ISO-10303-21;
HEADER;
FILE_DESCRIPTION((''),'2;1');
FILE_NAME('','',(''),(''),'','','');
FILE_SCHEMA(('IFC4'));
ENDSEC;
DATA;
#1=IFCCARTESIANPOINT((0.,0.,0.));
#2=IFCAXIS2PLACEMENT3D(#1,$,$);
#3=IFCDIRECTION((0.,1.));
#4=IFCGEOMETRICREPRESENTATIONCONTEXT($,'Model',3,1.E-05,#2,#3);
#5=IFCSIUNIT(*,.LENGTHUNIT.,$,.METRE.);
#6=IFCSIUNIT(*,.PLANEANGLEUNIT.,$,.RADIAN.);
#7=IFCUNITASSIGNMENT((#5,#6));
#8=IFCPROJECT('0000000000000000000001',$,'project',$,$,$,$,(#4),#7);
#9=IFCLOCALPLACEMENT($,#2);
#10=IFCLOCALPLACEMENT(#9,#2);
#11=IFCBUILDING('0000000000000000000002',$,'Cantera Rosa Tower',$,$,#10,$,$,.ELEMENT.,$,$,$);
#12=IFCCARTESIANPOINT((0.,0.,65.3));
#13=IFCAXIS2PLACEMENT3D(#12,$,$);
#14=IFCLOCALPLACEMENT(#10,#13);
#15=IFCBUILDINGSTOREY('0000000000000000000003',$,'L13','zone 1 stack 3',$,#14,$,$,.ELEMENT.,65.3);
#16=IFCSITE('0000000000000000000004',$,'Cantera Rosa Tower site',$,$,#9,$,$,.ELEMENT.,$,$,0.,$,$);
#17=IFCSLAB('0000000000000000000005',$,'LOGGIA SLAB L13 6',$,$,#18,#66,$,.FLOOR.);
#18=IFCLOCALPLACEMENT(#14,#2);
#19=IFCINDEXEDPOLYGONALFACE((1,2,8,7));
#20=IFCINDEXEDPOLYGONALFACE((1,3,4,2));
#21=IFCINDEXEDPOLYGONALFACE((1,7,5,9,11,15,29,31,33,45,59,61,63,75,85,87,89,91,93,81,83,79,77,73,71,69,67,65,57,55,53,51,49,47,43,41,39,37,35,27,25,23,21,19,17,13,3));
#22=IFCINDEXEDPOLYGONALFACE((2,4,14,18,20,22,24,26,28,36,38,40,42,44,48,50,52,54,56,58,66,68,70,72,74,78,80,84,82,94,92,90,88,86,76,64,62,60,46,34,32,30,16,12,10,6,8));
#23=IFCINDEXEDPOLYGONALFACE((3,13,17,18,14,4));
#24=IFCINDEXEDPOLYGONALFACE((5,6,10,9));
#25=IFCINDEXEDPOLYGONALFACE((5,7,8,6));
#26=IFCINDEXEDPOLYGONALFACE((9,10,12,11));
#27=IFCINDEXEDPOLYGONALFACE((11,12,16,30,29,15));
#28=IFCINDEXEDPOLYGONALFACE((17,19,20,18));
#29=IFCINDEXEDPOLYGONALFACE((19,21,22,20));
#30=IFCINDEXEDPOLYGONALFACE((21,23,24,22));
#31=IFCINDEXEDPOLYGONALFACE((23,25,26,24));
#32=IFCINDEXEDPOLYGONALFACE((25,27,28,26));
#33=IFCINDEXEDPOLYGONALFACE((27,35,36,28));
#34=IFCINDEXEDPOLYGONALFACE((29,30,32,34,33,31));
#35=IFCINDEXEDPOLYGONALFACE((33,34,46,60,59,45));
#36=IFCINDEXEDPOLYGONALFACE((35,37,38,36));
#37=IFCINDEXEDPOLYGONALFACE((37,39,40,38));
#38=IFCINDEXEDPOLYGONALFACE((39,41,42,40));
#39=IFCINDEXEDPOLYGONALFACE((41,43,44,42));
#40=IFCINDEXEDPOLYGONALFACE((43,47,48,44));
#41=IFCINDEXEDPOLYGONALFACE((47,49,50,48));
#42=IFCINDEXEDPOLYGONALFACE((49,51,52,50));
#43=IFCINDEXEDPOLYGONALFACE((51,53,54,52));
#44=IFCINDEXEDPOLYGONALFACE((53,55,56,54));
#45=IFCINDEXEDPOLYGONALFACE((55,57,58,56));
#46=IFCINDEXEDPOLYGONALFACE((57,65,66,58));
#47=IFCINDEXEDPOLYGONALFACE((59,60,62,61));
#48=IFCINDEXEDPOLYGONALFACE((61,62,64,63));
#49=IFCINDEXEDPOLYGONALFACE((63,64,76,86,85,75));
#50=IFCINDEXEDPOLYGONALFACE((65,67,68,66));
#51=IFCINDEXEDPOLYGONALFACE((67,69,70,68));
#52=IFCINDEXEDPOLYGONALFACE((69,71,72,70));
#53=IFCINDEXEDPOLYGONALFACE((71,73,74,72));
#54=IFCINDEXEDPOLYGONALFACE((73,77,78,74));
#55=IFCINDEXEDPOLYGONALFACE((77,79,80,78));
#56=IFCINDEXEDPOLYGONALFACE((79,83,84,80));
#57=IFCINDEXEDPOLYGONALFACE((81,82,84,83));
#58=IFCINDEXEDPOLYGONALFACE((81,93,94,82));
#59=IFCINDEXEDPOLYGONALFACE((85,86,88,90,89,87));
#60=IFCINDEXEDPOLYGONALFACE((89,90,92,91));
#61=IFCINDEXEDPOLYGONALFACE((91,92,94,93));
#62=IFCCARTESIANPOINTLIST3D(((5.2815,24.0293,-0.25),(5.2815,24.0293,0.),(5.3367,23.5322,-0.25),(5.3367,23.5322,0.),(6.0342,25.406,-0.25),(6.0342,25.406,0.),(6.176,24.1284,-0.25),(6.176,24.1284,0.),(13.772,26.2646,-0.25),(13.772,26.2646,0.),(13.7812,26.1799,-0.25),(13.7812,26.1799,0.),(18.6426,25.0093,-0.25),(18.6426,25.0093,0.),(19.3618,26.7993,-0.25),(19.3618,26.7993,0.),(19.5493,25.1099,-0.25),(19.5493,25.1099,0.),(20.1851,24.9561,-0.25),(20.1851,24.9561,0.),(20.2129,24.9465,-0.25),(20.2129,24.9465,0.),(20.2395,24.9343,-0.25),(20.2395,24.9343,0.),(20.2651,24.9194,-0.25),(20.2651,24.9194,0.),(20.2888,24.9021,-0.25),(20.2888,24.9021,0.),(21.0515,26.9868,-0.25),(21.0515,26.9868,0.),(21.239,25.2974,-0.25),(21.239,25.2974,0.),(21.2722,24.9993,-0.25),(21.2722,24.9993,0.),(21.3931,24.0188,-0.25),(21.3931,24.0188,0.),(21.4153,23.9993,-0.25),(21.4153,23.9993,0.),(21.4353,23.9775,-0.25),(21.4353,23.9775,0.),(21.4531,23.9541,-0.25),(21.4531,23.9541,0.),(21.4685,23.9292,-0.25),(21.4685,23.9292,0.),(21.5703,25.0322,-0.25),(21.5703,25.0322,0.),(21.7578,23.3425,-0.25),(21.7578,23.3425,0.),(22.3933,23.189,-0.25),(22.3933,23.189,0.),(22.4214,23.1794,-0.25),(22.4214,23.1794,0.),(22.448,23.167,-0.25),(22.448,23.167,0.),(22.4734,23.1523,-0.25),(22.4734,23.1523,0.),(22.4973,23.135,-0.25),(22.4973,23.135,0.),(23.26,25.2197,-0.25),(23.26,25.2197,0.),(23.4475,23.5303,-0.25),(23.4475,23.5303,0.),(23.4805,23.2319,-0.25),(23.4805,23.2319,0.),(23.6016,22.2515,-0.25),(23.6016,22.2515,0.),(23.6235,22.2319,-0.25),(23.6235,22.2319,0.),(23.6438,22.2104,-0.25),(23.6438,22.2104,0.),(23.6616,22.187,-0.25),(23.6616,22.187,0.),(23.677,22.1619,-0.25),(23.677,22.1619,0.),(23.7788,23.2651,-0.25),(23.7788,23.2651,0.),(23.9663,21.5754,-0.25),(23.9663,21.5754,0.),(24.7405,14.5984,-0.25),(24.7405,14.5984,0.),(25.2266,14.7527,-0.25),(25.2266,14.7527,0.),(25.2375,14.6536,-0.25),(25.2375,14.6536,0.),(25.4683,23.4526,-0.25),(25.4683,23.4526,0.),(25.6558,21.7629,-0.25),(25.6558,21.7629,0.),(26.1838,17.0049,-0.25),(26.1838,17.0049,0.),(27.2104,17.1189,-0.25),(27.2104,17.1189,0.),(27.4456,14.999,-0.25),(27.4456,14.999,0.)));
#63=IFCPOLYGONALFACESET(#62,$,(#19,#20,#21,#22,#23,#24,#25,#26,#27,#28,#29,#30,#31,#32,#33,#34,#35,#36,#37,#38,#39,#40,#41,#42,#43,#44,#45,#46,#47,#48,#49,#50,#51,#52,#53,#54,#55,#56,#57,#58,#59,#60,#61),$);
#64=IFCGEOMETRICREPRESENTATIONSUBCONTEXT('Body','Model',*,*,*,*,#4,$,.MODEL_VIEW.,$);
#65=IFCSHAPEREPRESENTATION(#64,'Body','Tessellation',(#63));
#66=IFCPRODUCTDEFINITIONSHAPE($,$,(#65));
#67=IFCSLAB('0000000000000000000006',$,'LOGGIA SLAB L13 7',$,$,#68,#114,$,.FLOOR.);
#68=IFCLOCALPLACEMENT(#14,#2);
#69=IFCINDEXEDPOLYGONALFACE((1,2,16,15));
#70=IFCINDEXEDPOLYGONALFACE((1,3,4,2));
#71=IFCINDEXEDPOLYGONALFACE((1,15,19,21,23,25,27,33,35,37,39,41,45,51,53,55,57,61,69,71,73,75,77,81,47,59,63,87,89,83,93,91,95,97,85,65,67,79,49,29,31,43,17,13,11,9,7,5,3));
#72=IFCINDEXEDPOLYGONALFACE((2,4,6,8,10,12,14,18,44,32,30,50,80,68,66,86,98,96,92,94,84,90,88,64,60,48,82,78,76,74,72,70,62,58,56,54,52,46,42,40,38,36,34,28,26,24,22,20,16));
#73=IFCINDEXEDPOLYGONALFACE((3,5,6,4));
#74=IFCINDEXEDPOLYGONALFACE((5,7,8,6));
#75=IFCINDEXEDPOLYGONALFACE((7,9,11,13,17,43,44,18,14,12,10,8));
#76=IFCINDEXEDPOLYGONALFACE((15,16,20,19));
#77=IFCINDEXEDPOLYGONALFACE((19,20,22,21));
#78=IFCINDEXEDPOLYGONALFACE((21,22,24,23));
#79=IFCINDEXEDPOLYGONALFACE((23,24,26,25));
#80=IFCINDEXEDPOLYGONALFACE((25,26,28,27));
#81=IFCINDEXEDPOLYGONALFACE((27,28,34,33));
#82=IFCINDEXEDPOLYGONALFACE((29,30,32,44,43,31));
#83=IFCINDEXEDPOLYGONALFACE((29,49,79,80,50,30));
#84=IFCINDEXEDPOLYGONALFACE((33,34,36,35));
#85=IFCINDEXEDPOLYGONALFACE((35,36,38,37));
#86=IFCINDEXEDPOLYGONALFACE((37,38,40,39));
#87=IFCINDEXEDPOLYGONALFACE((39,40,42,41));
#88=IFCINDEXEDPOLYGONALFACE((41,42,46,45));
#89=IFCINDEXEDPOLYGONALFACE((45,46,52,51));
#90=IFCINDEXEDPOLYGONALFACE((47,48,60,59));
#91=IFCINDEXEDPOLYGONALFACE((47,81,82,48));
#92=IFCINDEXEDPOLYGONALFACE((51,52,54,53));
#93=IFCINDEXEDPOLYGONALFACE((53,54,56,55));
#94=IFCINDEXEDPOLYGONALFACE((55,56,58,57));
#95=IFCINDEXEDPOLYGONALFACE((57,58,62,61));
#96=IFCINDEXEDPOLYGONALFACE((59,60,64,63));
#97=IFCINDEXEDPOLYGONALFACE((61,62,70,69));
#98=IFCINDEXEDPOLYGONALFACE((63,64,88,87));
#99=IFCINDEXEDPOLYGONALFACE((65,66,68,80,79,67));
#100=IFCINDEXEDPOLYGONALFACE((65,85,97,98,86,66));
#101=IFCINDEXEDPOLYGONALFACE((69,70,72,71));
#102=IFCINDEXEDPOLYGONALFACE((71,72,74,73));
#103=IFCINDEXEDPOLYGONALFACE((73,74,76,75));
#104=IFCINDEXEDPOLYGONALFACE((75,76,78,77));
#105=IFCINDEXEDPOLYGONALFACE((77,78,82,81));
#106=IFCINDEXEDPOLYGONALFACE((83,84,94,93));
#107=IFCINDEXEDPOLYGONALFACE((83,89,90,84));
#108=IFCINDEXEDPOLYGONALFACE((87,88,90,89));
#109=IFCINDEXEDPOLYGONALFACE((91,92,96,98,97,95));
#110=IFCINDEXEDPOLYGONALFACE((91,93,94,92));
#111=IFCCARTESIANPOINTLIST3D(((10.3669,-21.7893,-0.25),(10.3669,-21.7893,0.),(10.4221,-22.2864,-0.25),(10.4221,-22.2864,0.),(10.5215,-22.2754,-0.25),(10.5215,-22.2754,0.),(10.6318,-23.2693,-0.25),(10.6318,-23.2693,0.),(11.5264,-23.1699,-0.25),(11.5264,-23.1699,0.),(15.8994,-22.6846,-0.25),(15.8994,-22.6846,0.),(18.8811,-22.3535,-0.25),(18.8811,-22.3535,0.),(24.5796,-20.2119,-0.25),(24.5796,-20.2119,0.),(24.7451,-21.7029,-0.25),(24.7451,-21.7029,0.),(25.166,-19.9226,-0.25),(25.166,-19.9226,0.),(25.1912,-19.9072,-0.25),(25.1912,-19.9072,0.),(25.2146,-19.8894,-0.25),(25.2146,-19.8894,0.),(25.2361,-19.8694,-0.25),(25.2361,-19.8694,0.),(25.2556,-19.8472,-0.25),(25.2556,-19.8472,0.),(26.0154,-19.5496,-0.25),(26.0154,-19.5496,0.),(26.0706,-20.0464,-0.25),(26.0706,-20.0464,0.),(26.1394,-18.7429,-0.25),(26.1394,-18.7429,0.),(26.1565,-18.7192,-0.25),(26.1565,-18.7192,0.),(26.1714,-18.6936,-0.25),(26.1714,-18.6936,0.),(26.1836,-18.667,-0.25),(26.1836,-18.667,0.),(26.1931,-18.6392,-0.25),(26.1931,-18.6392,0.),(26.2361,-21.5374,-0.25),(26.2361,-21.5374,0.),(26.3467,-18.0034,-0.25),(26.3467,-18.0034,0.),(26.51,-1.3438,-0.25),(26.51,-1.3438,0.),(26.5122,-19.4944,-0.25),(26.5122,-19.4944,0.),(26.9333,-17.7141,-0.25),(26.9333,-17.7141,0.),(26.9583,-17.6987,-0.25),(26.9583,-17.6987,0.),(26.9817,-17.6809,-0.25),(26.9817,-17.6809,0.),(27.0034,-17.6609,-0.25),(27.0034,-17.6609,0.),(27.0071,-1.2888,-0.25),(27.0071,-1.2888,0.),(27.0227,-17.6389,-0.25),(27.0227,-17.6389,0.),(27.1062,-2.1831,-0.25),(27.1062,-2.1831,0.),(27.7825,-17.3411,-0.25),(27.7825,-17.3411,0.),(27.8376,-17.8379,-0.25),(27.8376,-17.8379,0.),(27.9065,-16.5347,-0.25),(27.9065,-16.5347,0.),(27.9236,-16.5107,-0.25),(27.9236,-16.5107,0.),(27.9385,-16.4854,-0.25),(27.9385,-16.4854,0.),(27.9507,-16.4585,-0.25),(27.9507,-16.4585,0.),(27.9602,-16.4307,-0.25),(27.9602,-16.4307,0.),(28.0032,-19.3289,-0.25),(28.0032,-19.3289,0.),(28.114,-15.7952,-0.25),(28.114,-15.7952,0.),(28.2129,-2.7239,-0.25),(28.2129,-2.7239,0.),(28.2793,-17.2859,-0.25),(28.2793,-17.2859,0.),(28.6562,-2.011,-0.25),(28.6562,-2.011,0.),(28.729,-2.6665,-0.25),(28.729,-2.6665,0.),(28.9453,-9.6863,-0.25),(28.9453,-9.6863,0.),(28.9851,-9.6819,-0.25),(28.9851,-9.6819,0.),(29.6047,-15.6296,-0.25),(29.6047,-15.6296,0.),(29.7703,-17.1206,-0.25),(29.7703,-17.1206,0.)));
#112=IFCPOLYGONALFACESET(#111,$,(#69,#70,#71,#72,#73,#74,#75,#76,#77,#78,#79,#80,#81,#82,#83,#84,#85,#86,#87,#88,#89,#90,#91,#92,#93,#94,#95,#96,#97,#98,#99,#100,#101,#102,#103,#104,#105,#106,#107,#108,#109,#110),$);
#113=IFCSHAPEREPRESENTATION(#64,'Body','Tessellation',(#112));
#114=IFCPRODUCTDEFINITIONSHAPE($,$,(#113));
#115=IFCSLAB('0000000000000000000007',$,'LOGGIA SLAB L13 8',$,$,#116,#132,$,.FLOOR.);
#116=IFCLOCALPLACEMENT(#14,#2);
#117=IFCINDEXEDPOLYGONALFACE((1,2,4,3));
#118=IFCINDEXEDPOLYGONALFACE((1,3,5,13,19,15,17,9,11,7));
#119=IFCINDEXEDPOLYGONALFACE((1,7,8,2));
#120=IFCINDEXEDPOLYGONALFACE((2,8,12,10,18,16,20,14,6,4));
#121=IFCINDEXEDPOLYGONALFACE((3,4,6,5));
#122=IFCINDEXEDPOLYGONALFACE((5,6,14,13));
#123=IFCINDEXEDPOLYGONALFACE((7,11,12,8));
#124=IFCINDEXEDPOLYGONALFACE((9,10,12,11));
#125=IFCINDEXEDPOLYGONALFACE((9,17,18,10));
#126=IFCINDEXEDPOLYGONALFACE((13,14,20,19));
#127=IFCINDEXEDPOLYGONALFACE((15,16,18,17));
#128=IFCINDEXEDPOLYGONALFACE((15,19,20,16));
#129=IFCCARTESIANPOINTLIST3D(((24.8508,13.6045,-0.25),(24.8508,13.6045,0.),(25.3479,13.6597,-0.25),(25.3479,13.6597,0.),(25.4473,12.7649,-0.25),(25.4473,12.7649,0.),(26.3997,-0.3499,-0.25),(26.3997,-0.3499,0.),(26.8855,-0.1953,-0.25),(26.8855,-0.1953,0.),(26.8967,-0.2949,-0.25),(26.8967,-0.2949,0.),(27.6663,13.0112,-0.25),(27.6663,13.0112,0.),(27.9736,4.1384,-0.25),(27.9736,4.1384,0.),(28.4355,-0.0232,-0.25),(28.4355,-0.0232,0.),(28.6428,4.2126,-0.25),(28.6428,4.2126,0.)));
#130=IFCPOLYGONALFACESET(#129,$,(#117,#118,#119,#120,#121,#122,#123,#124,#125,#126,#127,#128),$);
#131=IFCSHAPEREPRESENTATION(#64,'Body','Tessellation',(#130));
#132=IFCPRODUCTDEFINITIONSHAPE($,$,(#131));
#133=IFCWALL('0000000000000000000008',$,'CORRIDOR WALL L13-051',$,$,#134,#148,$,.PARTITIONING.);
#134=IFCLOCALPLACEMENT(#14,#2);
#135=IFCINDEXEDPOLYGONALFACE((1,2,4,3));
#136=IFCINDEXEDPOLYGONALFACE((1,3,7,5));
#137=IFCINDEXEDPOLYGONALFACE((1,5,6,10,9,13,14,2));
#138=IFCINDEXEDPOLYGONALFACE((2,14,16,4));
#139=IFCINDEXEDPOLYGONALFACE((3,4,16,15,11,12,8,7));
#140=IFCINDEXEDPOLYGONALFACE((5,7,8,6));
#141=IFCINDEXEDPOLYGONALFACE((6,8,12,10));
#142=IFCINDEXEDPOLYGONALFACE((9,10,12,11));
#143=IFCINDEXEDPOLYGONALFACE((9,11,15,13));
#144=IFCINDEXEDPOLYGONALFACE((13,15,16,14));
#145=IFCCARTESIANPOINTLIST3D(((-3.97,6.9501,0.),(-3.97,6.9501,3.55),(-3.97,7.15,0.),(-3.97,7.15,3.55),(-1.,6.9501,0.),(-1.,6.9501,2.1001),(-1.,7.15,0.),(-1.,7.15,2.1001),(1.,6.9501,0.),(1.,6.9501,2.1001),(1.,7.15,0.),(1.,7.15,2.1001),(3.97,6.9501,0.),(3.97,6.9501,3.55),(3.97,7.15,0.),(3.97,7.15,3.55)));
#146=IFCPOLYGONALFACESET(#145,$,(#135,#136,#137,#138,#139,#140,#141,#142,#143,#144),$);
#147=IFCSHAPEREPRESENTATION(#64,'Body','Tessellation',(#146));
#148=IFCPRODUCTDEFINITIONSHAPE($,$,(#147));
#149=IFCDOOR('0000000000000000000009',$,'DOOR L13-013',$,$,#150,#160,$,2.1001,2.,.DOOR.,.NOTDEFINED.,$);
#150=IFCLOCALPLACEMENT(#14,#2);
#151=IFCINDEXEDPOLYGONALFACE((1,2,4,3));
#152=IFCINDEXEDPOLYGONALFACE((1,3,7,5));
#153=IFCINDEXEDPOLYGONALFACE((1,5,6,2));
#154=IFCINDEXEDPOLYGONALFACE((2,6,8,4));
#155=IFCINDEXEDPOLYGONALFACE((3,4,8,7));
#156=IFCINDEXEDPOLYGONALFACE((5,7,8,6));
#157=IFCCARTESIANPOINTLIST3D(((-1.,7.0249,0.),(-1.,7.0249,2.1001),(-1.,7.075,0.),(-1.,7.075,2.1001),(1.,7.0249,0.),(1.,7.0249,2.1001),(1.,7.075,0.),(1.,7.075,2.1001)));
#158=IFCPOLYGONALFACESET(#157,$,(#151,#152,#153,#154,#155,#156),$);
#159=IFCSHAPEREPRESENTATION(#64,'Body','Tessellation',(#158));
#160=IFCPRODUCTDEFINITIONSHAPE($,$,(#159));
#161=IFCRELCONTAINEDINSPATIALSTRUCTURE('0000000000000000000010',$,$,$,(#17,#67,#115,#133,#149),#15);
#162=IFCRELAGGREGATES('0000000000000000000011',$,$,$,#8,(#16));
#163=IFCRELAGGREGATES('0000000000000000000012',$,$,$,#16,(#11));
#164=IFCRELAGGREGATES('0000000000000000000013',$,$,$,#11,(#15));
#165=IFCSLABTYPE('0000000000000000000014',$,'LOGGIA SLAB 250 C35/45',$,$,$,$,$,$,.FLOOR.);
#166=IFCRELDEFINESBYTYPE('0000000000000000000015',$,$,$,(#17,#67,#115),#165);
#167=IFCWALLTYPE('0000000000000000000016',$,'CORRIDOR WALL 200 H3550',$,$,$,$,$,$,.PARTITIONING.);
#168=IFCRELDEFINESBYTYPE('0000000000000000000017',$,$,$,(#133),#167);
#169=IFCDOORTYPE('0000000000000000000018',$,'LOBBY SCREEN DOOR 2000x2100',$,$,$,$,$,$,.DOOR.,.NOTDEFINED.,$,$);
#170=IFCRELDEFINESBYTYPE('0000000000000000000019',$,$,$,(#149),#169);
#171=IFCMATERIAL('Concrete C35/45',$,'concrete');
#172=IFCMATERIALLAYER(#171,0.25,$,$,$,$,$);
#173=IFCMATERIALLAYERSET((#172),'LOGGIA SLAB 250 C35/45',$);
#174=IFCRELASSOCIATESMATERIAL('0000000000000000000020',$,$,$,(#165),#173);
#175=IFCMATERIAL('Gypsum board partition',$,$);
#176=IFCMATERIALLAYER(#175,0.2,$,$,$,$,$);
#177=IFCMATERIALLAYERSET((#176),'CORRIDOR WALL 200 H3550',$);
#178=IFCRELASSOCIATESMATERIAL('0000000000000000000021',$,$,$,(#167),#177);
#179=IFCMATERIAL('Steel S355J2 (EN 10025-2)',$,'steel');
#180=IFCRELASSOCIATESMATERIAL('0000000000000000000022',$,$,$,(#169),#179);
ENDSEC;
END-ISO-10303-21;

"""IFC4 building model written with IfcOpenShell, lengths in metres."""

from ifc_helpers import new_model, si_unit, direction, frame, frame_2d, origin, place, context, subcontext, project, spatial, polyline, rectangle, outline, extrude, material, layer, layer_set, type_object, element, fill, save


model = new_model("IFC4")

# Units and contexts
model_context = context("Model", 3, precision=1e-05, world=origin(), true_north=direction((0.0, 1.0)))
body_context = subcontext(model_context, "Body", "Model", "MODEL_VIEW")
ifc_project = project(units=[si_unit("LENGTHUNIT", "METRE"), si_unit("PLANEANGLEUNIT", "RADIAN")], contexts=[model_context])

# Site, building, storey
site_placement = place(None, origin())
site = spatial("IfcSite", under=ifc_project, at=site_placement, Name="Cantera Rosa Tower site", CompositionType="ELEMENT", RefElevation=0.0)
building_placement = place(site_placement, origin())
building = spatial("IfcBuilding", under=site, at=building_placement, Name="Cantera Rosa Tower", CompositionType="ELEMENT")
storey_placement = place(building_placement, frame((0.0, 0.0, 65.3)))
storey = spatial("IfcBuildingStorey", under=building, at=storey_placement, Name="L13", Description="zone 1 stack 3", CompositionType="ELEMENT", Elevation=65.3)

# Slabs
ifc_material_1 = material(Name="Concrete C35/45", Category="concrete")
ifc_layer_1 = layer(ifc_material_1, 0.25)
ifc_layer_set_1 = layer_set([ifc_layer_1], Name="LOGGIA SLAB 250 C35/45")
slab_type_1 = type_object("IfcSlabType", Name="LOGGIA SLAB 250 C35/45", PredefinedType="FLOOR", material=ifc_layer_set_1)
slab_1_placement = place(storey_placement, frame((0.0, 0.0, -0.25)))
element("IfcSlab", 1, at=slab_1_placement, inside=storey, type_object=slab_type_1, Name="LOGGIA SLAB L13 6", PredefinedType="FLOOR", context=body_context, shape_type="SweptSolid", body=[
    extrude(outline(polyline([(21.2722, 24.9993), (21.5703, 25.0322), (23.26, 25.2197), (23.4475, 23.5303), (23.4805, 23.2319), (23.7788, 23.2651), (25.4683, 23.4526), (25.6558, 21.7629), (26.1838, 17.0049), (27.2104, 17.1189), (27.4456, 14.999), (25.2266, 14.7527), (25.2375, 14.6536), (24.7405, 14.5984), (23.9663, 21.5754), (23.677, 22.1619), (23.6616, 22.187), (23.6438, 22.2104), (23.6235, 22.2319), (23.6016, 22.2515), (22.4973, 23.135), (22.4734, 23.1523), (22.448, 23.167), (22.4214, 23.1794), (22.3933, 23.189), (21.7578, 23.3425), (21.4685, 23.9292), (21.4531, 23.9541), (21.4353, 23.9775), (21.4153, 23.9993), (21.3931, 24.0188), (20.2888, 24.9021), (20.2651, 24.9194), (20.2395, 24.9343), (20.2129, 24.9465), (20.1851, 24.9561), (19.5493, 25.1099), (18.6426, 25.0093), (5.3367, 23.5322), (5.2815, 24.0293), (6.176, 24.1284), (6.0342, 25.406), (13.772, 26.2646), (13.7812, 26.1799), (19.3618, 26.7993), (21.0515, 26.9868), (21.239, 25.2974), (21.2722, 24.9993)])), origin(), (0.0, 0.0, 1.0), 0.25),
])
slab_2_placement = place(storey_placement, frame((0.0, 0.0, -0.25)))
element("IfcSlab", 2, at=slab_2_placement, inside=storey, type_object=slab_type_1, Name="LOGGIA SLAB L13 7", PredefinedType="FLOOR", context=body_context, shape_type="SweptSolid", body=[
    extrude(outline(polyline([(29.7703, -17.1206), (28.2793, -17.2859), (27.7825, -17.3411), (27.8376, -17.8379), (28.0032, -19.3289), (26.5122, -19.4944), (26.0154, -19.5496), (26.0706, -20.0464), (26.2361, -21.5374), (24.7451, -21.7029), (18.8811, -22.3535), (15.8994, -22.6846), (11.5264, -23.1699), (10.6318, -23.2693), (10.5215, -22.2754), (10.4221, -22.2864), (10.3669, -21.7893), (24.5796, -20.2119), (25.166, -19.9226), (25.1912, -19.9072), (25.2146, -19.8894), (25.2361, -19.8694), (25.2556, -19.8472), (26.1394, -18.7429), (26.1565, -18.7192), (26.1714, -18.6936), (26.1836, -18.667), (26.1931, -18.6392), (26.3467, -18.0034), (26.9333, -17.7141), (26.9583, -17.6987), (26.9817, -17.6809), (27.0034, -17.6609), (27.0227, -17.6389), (27.9065, -16.5347), (27.9236, -16.5107), (27.9385, -16.4854), (27.9507, -16.4585), (27.9602, -16.4307), (28.114, -15.7952), (26.51, -1.3438), (27.0071, -1.2888), (27.1062, -2.1831), (28.6562, -2.011), (28.729, -2.6665), (28.2129, -2.7239), (28.9851, -9.6819), (28.9453, -9.6863), (29.6047, -15.6296), (29.7703, -17.1206)])), origin(), (0.0, 0.0, 1.0), 0.25),
])
slab_3_placement = place(storey_placement, frame((0.0, 0.0, -0.25)))
element("IfcSlab", 3, at=slab_3_placement, inside=storey, type_object=slab_type_1, Name="LOGGIA SLAB L13 8", PredefinedType="FLOOR", context=body_context, shape_type="SweptSolid", body=[
    extrude(outline(polyline([(26.3997, -0.3499), (24.8508, 13.6045), (25.3479, 13.6597), (25.4473, 12.7649), (27.6663, 13.0112), (28.6428, 4.2126), (27.9736, 4.1384), (28.4355, -0.0232), (26.8855, -0.1953), (26.8967, -0.2949), (26.3997, -0.3499)])), origin(), (0.0, 0.0, 1.0), 0.25),
])

# Wall, opening, door
ifc_material_2 = material(Name="Gypsum board partition")
ifc_layer_2 = layer(ifc_material_2, 0.2)
ifc_layer_set_2 = layer_set([ifc_layer_2], Name="CORRIDOR WALL 200 H3550")
wall_type_1 = type_object("IfcWallType", Name="CORRIDOR WALL 200 H3550", PredefinedType="PARTITIONING", material=ifc_layer_set_2)
wall_1_placement = place(storey_placement, frame((-3.97, 7.05, 0.0), z_axis=(0.0, 0.0, 1.0), x_axis=(1.0, 0.0, 0.0)))
wall_1 = element("IfcWall", 4, at=wall_1_placement, inside=storey, type_object=wall_type_1, Name="CORRIDOR WALL L13-051", PredefinedType="PARTITIONING", context=body_context, shape_type="SweptSolid", body=[
    extrude(rectangle(XDim=7.9399, YDim=0.2, at=frame_2d((3.97, 0.0))), origin(), (0.0, 0.0, 1.0), 3.55),
])
opening_placement = place(wall_1_placement, frame((2.97, 0.0, 0.0)))
opening = element("IfcOpeningElement", 5, at=opening_placement, cuts=wall_1, PredefinedType="OPENING", context=body_context, shape_type="SweptSolid", body=[
    extrude(rectangle(XDim=2.0, YDim=2.1001, at=frame_2d((1.0, 1.05))), frame((0.0, 0.1099, 0.0), z_axis=(0.0, -1.0, 0.0), x_axis=(1.0, 0.0, 0.0)), (0.0, 0.0, 1.0), 0.22),
])
ifc_material_3 = material(Name="Steel S355J2 (EN 10025-2)", Category="steel")
door_type = type_object("IfcDoorType", Name="LOBBY SCREEN DOOR 2000x2100", OperationType="NOTDEFINED", PredefinedType="DOOR", material=ifc_material_3)
door_placement = place(opening_placement, origin())
door = element("IfcDoor", 6, at=door_placement, inside=storey, type_object=door_type, Name="DOOR L13-013", OperationType="NOTDEFINED", OverallHeight=2.1001, OverallWidth=2.0, PredefinedType="DOOR", context=body_context, shape_type="SweptSolid", body=[
    extrude(rectangle(XDim=2.0, YDim=2.1001, at=frame_2d((1.0, 1.05))), frame((0.0, 0.0249, 0.0), z_axis=(0.0, -1.0, 0.0), x_axis=(1.0, 0.0, 0.0)), (0.0, 0.0, 1.0), 0.05),
])
fill(opening, door)

save(model, "model.ifc")
